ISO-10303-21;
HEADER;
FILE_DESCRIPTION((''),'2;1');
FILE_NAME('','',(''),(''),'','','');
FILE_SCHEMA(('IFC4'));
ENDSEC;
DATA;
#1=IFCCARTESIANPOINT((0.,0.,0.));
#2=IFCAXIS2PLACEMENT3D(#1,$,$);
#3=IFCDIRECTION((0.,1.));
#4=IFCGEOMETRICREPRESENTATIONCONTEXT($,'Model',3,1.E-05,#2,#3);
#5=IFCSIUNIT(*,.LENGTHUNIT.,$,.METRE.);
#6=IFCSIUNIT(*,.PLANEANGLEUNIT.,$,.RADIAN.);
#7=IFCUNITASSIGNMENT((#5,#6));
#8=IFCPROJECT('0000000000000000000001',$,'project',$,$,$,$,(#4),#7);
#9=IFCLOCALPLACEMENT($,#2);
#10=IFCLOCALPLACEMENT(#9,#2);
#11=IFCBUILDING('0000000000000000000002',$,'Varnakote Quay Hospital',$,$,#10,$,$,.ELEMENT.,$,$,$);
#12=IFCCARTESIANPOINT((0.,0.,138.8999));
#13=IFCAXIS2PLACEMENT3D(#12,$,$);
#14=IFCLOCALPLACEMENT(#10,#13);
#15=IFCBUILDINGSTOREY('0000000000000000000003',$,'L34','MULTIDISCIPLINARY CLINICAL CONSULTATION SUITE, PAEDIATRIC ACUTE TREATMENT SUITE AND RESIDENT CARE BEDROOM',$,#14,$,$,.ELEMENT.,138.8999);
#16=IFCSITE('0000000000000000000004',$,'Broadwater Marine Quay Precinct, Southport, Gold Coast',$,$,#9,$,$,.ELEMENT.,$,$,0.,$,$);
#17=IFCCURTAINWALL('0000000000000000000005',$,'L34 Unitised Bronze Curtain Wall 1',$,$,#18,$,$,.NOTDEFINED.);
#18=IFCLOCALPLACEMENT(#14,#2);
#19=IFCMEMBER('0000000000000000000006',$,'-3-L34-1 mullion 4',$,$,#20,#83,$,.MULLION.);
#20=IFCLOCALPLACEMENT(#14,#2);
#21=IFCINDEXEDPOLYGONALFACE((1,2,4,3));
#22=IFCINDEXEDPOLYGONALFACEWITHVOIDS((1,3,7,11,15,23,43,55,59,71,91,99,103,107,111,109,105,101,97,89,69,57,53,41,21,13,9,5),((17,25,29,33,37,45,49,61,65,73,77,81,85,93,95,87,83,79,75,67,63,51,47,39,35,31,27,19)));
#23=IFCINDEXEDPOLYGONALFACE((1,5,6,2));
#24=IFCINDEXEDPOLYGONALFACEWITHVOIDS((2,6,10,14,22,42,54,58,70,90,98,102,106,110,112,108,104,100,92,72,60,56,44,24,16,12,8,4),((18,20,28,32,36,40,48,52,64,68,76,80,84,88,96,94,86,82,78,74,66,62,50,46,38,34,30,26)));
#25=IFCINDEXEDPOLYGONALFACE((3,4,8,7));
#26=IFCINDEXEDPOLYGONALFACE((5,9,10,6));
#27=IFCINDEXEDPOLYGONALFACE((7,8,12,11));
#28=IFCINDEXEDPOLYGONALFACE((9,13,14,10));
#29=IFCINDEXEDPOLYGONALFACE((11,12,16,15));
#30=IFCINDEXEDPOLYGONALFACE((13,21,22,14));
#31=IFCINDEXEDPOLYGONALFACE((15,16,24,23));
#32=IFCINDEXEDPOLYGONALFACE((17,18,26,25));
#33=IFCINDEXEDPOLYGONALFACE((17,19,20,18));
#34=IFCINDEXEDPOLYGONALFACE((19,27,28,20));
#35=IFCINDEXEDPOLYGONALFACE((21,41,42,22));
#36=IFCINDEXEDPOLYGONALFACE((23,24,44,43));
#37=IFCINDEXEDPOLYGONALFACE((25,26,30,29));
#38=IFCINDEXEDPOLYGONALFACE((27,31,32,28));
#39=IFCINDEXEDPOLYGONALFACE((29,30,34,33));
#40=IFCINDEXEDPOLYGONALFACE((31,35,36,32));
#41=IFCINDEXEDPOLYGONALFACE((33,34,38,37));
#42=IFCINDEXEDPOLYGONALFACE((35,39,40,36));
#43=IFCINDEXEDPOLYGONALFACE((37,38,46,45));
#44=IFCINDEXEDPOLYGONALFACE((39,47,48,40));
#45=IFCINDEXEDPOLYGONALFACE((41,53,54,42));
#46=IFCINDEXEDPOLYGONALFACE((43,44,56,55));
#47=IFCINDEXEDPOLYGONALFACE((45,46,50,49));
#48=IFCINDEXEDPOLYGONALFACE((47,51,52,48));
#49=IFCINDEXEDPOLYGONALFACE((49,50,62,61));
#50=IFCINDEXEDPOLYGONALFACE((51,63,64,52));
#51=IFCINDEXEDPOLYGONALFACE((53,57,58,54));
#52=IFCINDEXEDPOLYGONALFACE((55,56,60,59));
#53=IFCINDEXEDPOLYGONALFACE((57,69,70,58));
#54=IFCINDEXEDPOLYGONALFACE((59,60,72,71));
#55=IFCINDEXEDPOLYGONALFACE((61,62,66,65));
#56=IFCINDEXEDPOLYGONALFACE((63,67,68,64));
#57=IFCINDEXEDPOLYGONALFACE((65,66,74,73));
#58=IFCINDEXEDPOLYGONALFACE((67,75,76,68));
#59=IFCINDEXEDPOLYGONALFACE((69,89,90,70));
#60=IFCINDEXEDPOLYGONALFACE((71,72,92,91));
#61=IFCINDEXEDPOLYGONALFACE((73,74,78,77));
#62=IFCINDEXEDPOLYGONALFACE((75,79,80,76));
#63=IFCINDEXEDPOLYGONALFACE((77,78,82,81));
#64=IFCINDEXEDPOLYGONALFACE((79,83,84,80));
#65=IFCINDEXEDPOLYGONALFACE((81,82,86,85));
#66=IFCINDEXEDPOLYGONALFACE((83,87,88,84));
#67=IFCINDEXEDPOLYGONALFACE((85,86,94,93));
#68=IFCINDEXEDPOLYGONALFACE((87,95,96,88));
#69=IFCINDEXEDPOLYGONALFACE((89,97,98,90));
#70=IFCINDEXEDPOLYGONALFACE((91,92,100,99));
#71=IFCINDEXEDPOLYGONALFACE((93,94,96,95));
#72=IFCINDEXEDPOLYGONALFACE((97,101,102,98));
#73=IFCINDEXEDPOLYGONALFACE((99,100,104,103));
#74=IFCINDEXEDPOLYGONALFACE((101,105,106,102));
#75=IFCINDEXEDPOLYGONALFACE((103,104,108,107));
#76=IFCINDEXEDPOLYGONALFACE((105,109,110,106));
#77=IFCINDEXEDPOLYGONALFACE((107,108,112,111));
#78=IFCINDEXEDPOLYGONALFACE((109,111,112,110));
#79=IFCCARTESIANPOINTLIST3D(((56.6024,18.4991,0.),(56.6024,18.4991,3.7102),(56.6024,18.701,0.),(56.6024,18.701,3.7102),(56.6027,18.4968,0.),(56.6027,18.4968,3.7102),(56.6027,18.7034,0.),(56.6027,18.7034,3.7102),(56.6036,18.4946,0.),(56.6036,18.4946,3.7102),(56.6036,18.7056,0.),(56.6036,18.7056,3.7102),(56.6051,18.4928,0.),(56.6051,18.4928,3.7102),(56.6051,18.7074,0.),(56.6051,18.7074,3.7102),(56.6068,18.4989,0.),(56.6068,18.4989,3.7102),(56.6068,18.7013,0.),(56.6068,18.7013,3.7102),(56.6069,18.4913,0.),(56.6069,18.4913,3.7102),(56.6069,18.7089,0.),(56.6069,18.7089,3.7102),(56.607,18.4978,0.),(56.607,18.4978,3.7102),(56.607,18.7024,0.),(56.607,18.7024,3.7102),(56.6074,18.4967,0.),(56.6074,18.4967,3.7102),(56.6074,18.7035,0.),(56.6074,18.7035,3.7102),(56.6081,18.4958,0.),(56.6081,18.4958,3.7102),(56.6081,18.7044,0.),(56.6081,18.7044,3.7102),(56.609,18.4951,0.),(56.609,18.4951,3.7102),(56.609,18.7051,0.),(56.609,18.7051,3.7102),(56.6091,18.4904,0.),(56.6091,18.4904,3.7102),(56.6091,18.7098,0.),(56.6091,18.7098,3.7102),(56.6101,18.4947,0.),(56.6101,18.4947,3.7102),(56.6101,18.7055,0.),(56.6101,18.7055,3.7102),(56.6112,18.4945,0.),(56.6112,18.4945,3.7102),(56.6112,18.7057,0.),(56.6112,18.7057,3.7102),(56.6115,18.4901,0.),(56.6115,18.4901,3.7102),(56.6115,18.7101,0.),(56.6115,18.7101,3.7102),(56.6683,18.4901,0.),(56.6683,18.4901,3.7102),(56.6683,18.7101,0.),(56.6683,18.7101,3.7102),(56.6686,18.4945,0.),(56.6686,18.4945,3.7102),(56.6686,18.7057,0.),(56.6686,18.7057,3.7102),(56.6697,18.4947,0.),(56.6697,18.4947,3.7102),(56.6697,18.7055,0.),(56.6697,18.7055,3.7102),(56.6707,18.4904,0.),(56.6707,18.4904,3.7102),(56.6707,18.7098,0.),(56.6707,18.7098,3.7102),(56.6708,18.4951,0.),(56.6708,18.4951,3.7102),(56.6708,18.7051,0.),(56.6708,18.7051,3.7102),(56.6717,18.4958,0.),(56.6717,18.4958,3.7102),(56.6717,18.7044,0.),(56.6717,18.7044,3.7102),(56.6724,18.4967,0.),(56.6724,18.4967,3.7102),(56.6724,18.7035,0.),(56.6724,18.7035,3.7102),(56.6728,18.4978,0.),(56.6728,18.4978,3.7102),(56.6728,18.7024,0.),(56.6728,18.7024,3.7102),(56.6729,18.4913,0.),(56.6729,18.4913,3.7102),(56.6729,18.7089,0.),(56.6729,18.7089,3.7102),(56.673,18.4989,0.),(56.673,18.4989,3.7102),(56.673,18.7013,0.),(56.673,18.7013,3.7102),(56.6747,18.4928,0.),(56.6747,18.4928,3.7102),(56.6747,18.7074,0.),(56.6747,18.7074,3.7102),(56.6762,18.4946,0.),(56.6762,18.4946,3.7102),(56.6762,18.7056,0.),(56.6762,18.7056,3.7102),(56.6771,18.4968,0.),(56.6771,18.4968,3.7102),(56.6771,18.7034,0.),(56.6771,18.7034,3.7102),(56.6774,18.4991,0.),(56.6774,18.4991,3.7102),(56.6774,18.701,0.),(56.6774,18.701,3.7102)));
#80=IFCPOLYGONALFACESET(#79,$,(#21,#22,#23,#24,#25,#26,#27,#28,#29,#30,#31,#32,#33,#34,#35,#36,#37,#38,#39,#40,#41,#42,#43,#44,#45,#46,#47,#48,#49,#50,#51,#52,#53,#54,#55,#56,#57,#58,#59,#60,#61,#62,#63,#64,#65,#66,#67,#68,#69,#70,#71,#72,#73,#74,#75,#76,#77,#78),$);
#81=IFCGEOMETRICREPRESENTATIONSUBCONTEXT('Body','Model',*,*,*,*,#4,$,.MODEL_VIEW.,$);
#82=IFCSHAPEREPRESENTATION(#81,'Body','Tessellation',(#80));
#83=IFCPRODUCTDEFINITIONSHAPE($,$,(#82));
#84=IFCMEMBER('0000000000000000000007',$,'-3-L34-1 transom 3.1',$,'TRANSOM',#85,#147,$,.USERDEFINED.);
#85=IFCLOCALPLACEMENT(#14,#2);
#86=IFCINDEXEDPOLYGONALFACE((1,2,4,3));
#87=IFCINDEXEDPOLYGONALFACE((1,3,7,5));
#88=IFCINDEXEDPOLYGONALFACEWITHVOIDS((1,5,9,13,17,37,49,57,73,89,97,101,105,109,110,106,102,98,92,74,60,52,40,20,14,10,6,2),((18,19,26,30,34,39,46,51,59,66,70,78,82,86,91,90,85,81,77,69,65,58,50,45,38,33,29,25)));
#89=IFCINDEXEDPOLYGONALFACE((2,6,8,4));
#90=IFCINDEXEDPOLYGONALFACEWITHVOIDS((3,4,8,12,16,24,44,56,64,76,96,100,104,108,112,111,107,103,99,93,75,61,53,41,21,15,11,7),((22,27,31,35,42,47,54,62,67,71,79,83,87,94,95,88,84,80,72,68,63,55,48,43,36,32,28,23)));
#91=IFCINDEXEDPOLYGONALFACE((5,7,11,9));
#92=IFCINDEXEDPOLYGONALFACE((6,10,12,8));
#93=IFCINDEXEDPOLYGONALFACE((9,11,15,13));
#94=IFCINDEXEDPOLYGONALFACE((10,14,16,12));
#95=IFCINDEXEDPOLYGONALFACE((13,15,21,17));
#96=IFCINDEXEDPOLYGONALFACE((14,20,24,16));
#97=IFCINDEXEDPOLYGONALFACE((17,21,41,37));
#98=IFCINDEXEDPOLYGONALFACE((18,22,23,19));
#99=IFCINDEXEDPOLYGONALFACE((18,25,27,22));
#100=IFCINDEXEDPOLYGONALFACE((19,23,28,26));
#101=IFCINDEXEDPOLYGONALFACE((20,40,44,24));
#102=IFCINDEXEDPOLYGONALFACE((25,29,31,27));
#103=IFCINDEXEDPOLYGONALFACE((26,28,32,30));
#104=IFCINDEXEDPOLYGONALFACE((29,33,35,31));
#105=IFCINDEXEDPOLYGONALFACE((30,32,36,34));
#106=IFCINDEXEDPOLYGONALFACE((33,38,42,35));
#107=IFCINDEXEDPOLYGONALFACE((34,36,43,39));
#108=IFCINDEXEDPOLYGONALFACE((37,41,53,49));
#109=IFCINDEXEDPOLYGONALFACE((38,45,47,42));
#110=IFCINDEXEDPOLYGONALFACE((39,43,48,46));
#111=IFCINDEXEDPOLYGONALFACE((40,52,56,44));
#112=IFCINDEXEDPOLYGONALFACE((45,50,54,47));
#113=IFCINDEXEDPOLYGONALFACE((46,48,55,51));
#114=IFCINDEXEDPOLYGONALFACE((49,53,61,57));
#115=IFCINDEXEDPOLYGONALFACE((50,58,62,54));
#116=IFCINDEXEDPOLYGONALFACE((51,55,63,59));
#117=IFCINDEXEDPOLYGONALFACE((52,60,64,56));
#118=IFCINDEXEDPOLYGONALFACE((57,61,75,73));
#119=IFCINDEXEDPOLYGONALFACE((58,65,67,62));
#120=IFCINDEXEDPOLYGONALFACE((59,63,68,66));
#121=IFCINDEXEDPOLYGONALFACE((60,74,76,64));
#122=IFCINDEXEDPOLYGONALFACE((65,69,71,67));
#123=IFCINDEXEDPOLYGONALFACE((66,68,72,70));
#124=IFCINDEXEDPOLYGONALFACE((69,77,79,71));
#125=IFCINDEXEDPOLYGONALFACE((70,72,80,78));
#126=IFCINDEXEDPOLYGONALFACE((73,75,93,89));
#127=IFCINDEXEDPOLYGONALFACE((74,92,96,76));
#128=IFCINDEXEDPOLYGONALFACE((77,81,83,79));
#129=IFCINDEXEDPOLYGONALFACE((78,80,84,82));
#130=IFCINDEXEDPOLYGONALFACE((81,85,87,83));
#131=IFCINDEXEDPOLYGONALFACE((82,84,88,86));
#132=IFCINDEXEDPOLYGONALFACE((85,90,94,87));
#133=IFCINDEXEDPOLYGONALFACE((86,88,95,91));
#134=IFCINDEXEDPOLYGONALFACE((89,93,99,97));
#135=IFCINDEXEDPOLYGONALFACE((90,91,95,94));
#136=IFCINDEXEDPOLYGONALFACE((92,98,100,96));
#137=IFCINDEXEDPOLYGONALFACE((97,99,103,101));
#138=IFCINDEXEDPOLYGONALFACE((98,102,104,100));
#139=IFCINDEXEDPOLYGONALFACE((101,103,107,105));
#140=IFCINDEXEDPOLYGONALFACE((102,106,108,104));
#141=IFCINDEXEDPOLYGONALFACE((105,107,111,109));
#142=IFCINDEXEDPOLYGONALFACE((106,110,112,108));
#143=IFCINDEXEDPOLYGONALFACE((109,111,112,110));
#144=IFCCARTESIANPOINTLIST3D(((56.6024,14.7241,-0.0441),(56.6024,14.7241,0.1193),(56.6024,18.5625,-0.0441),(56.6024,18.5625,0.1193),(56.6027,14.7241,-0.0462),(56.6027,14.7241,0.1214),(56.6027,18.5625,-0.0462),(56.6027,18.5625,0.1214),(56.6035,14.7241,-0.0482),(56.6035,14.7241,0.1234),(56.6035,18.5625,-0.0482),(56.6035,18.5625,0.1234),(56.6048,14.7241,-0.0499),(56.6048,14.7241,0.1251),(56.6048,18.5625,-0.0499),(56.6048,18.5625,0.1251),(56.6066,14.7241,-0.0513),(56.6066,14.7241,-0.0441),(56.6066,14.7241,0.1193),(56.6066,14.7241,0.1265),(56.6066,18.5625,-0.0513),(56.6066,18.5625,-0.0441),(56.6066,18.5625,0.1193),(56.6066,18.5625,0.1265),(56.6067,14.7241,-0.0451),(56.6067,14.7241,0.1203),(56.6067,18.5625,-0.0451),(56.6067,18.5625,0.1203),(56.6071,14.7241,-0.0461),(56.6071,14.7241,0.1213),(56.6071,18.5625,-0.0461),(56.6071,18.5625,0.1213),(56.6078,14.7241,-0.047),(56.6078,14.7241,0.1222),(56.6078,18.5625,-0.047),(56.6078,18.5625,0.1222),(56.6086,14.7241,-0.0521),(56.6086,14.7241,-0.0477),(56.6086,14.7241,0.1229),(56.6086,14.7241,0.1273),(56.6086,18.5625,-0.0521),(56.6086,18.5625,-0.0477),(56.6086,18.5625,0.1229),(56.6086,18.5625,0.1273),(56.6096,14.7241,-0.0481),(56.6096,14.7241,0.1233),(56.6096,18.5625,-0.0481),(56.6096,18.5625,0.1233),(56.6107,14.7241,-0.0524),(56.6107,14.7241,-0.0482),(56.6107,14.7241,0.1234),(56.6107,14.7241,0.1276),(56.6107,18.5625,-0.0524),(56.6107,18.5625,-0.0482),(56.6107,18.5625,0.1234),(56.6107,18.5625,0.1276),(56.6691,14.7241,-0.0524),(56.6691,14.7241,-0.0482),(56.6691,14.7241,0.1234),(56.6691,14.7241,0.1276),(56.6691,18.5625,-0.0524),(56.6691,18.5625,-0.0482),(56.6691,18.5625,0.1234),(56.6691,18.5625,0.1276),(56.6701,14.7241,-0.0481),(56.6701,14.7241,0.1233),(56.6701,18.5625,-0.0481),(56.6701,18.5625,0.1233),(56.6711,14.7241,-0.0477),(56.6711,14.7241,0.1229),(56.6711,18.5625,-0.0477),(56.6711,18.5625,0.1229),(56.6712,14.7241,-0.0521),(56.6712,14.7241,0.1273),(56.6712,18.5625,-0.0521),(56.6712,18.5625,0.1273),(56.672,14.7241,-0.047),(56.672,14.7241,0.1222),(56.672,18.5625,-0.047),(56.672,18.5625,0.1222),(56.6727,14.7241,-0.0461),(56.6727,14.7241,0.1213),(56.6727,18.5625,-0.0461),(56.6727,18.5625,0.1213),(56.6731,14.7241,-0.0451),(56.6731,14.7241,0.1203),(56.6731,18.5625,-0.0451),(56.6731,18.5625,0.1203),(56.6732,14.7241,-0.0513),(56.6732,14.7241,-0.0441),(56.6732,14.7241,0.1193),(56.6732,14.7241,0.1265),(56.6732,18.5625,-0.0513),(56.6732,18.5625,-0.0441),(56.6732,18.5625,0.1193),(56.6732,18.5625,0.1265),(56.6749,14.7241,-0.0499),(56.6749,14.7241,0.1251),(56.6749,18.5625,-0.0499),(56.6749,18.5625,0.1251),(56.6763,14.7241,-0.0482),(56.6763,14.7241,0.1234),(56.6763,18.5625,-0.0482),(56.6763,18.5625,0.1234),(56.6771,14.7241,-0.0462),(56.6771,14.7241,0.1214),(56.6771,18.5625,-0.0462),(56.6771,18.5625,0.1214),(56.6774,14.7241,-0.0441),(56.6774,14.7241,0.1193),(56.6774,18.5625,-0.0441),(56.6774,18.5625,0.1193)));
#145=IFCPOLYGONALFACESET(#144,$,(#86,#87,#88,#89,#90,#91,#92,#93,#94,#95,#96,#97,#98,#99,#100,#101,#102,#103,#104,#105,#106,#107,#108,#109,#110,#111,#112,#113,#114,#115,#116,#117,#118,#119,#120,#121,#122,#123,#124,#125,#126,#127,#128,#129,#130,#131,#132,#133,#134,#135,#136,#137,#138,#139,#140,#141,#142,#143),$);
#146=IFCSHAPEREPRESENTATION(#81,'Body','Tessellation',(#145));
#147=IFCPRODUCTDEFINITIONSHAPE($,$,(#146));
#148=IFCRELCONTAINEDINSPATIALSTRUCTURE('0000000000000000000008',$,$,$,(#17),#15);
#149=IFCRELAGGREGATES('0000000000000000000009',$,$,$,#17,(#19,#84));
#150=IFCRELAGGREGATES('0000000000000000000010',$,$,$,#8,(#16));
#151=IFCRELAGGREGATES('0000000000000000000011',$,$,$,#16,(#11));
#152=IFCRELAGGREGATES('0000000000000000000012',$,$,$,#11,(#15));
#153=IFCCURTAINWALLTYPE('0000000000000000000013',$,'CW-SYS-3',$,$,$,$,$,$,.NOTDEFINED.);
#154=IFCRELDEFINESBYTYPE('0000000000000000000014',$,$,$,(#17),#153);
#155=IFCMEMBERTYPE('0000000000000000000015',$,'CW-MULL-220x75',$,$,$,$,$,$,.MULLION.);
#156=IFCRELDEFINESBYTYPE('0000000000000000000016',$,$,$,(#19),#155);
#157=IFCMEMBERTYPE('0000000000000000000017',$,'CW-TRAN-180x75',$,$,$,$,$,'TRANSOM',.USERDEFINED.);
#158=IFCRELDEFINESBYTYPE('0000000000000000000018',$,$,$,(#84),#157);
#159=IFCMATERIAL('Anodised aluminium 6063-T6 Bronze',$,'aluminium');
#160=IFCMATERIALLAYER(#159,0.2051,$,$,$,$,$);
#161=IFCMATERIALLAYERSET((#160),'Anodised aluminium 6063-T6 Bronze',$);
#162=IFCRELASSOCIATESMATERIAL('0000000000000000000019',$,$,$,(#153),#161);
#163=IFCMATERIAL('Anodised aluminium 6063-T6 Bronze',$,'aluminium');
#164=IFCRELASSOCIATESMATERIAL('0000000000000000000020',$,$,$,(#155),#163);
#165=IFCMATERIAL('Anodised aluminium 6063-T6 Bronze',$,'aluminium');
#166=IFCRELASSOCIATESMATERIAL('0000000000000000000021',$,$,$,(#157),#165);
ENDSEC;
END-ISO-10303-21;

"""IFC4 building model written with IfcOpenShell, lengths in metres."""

from ifc_helpers import new_model, si_unit, direction, frame, origin, origin_2d, place, context, subcontext, project, spatial, hollow_rectangle, extrude, material, layer, layer_set, material_profile, profile_set, type_object, element, aggregate, save


model = new_model("IFC4")

# Units and contexts
model_context = context("Model", 3, precision=1e-05, world=origin(), true_north=direction((0.0, 1.0)))
body_context = subcontext(model_context, "Body", "Model", "MODEL_VIEW")
ifc_project = project(units=[si_unit("LENGTHUNIT", "METRE"), si_unit("PLANEANGLEUNIT", "RADIAN")], contexts=[model_context])

# Site, building, storey
site_placement = place(None, origin())
site = spatial("IfcSite", under=ifc_project, at=site_placement, Name="Broadwater Marine Quay Precinct, Southport, Gold Coast", CompositionType="ELEMENT", RefElevation=0.0)
building_placement = place(site_placement, origin())
building = spatial("IfcBuilding", under=site, at=building_placement, Name="Varnakote Quay Hospital", CompositionType="ELEMENT")
storey_placement = place(building_placement, frame((0.0, 0.0, 138.8999)))
storey = spatial("IfcBuildingStorey", under=building, at=storey_placement, Name="L34", Description="MULTIDISCIPLINARY CLINICAL CONSULTATION SUITE, PAEDIATRIC ACUTE TREATMENT SUITE AND RESIDENT CARE BEDROOM", CompositionType="ELEMENT", Elevation=138.8999)

# Curtain wall, members
ifc_material_1 = material(Name="Anodised aluminium 6063-T6 Bronze", Category="aluminium")
ifc_layer_1 = layer(ifc_material_1, 0.2051)
ifc_layer_set_1 = layer_set([ifc_layer_1], Name="Anodised aluminium 6063-T6 Bronze")
curtain_wall_type = type_object("IfcCurtainWallType", Name="CW-SYS-3", PredefinedType="NOTDEFINED", material=ifc_layer_set_1)
curtain_wall_placement = place(storey_placement, origin())
curtain_wall = element("IfcCurtainWall", 1, at=curtain_wall_placement, inside=storey, type_object=curtain_wall_type, Name="L34 Unitised Bronze Curtain Wall 1", PredefinedType="NOTDEFINED")
ifc_material_2 = material(Name="Anodised aluminium 6063-T6 Bronze", Category="aluminium")
ifc_material_profile_1 = material_profile(ifc_material_2, hollow_rectangle(XDim=0.075, YDim=0.22, WallThickness=0.0044, InnerFilletRadius=0.0044, OuterFilletRadius=0.009, at=origin_2d()), Name="CW-MULL-220x75")
ifc_profile_set_1 = profile_set([ifc_material_profile_1], Name="Anodised aluminium 6063-T6 Bronze")
member_type_1 = type_object("IfcMemberType", Name="CW-MULL-220x75", PredefinedType="MULLION", material=ifc_profile_set_1)
member_1_placement = place(storey_placement, frame((56.6399, 18.6001, 0.0), z_axis=(0.0, 0.0, 1.0), x_axis=(-1.0, 0.0, 0.0)))
member_1 = element("IfcMember", 2, at=member_1_placement, type_object=member_type_1, Name="-3-L34-1 mullion 4", PredefinedType="MULLION", context=body_context, shape_type="SweptSolid", body=[
    extrude(hollow_rectangle(XDim=0.075, YDim=0.22, WallThickness=0.0044, InnerFilletRadius=0.0044, OuterFilletRadius=0.009, at=origin_2d()), origin(), (0.0, 0.0, 1.0), 3.7102),
])
ifc_material_3 = material(Name="Anodised aluminium 6063-T6 Bronze", Category="aluminium")
ifc_material_profile_2 = material_profile(ifc_material_3, hollow_rectangle(XDim=0.075, YDim=0.1799, WallThickness=0.0042, InnerFilletRadius=0.0042, OuterFilletRadius=0.0083, at=origin_2d()), Name="CW-TRAN-180x75")
ifc_profile_set_2 = profile_set([ifc_material_profile_2], Name="Anodised aluminium 6063-T6 Bronze")
member_type_2 = type_object("IfcMemberType", Name="CW-TRAN-180x75", ElementType="TRANSOM", PredefinedType="USERDEFINED", material=ifc_profile_set_2)
member_2_placement = place(storey_placement, frame((56.6399, 14.7241, 0.0376), z_axis=(0.0, 1.0, 0.0), x_axis=(-1.0, 0.0, 0.0)))
member_2 = element("IfcMember", 3, at=member_2_placement, type_object=member_type_2, Name="-3-L34-1 transom 3.1", ObjectType="TRANSOM", PredefinedType="USERDEFINED", context=body_context, shape_type="SweptSolid", body=[
    extrude(hollow_rectangle(XDim=0.075, YDim=0.1799, WallThickness=0.0042, InnerFilletRadius=0.0042, OuterFilletRadius=0.0083, at=origin_2d()), origin(), (0.0, 0.0, 1.0), 3.8384),
])
aggregate(curtain_wall, [member_1, member_2])

save(model, "model.ifc")
